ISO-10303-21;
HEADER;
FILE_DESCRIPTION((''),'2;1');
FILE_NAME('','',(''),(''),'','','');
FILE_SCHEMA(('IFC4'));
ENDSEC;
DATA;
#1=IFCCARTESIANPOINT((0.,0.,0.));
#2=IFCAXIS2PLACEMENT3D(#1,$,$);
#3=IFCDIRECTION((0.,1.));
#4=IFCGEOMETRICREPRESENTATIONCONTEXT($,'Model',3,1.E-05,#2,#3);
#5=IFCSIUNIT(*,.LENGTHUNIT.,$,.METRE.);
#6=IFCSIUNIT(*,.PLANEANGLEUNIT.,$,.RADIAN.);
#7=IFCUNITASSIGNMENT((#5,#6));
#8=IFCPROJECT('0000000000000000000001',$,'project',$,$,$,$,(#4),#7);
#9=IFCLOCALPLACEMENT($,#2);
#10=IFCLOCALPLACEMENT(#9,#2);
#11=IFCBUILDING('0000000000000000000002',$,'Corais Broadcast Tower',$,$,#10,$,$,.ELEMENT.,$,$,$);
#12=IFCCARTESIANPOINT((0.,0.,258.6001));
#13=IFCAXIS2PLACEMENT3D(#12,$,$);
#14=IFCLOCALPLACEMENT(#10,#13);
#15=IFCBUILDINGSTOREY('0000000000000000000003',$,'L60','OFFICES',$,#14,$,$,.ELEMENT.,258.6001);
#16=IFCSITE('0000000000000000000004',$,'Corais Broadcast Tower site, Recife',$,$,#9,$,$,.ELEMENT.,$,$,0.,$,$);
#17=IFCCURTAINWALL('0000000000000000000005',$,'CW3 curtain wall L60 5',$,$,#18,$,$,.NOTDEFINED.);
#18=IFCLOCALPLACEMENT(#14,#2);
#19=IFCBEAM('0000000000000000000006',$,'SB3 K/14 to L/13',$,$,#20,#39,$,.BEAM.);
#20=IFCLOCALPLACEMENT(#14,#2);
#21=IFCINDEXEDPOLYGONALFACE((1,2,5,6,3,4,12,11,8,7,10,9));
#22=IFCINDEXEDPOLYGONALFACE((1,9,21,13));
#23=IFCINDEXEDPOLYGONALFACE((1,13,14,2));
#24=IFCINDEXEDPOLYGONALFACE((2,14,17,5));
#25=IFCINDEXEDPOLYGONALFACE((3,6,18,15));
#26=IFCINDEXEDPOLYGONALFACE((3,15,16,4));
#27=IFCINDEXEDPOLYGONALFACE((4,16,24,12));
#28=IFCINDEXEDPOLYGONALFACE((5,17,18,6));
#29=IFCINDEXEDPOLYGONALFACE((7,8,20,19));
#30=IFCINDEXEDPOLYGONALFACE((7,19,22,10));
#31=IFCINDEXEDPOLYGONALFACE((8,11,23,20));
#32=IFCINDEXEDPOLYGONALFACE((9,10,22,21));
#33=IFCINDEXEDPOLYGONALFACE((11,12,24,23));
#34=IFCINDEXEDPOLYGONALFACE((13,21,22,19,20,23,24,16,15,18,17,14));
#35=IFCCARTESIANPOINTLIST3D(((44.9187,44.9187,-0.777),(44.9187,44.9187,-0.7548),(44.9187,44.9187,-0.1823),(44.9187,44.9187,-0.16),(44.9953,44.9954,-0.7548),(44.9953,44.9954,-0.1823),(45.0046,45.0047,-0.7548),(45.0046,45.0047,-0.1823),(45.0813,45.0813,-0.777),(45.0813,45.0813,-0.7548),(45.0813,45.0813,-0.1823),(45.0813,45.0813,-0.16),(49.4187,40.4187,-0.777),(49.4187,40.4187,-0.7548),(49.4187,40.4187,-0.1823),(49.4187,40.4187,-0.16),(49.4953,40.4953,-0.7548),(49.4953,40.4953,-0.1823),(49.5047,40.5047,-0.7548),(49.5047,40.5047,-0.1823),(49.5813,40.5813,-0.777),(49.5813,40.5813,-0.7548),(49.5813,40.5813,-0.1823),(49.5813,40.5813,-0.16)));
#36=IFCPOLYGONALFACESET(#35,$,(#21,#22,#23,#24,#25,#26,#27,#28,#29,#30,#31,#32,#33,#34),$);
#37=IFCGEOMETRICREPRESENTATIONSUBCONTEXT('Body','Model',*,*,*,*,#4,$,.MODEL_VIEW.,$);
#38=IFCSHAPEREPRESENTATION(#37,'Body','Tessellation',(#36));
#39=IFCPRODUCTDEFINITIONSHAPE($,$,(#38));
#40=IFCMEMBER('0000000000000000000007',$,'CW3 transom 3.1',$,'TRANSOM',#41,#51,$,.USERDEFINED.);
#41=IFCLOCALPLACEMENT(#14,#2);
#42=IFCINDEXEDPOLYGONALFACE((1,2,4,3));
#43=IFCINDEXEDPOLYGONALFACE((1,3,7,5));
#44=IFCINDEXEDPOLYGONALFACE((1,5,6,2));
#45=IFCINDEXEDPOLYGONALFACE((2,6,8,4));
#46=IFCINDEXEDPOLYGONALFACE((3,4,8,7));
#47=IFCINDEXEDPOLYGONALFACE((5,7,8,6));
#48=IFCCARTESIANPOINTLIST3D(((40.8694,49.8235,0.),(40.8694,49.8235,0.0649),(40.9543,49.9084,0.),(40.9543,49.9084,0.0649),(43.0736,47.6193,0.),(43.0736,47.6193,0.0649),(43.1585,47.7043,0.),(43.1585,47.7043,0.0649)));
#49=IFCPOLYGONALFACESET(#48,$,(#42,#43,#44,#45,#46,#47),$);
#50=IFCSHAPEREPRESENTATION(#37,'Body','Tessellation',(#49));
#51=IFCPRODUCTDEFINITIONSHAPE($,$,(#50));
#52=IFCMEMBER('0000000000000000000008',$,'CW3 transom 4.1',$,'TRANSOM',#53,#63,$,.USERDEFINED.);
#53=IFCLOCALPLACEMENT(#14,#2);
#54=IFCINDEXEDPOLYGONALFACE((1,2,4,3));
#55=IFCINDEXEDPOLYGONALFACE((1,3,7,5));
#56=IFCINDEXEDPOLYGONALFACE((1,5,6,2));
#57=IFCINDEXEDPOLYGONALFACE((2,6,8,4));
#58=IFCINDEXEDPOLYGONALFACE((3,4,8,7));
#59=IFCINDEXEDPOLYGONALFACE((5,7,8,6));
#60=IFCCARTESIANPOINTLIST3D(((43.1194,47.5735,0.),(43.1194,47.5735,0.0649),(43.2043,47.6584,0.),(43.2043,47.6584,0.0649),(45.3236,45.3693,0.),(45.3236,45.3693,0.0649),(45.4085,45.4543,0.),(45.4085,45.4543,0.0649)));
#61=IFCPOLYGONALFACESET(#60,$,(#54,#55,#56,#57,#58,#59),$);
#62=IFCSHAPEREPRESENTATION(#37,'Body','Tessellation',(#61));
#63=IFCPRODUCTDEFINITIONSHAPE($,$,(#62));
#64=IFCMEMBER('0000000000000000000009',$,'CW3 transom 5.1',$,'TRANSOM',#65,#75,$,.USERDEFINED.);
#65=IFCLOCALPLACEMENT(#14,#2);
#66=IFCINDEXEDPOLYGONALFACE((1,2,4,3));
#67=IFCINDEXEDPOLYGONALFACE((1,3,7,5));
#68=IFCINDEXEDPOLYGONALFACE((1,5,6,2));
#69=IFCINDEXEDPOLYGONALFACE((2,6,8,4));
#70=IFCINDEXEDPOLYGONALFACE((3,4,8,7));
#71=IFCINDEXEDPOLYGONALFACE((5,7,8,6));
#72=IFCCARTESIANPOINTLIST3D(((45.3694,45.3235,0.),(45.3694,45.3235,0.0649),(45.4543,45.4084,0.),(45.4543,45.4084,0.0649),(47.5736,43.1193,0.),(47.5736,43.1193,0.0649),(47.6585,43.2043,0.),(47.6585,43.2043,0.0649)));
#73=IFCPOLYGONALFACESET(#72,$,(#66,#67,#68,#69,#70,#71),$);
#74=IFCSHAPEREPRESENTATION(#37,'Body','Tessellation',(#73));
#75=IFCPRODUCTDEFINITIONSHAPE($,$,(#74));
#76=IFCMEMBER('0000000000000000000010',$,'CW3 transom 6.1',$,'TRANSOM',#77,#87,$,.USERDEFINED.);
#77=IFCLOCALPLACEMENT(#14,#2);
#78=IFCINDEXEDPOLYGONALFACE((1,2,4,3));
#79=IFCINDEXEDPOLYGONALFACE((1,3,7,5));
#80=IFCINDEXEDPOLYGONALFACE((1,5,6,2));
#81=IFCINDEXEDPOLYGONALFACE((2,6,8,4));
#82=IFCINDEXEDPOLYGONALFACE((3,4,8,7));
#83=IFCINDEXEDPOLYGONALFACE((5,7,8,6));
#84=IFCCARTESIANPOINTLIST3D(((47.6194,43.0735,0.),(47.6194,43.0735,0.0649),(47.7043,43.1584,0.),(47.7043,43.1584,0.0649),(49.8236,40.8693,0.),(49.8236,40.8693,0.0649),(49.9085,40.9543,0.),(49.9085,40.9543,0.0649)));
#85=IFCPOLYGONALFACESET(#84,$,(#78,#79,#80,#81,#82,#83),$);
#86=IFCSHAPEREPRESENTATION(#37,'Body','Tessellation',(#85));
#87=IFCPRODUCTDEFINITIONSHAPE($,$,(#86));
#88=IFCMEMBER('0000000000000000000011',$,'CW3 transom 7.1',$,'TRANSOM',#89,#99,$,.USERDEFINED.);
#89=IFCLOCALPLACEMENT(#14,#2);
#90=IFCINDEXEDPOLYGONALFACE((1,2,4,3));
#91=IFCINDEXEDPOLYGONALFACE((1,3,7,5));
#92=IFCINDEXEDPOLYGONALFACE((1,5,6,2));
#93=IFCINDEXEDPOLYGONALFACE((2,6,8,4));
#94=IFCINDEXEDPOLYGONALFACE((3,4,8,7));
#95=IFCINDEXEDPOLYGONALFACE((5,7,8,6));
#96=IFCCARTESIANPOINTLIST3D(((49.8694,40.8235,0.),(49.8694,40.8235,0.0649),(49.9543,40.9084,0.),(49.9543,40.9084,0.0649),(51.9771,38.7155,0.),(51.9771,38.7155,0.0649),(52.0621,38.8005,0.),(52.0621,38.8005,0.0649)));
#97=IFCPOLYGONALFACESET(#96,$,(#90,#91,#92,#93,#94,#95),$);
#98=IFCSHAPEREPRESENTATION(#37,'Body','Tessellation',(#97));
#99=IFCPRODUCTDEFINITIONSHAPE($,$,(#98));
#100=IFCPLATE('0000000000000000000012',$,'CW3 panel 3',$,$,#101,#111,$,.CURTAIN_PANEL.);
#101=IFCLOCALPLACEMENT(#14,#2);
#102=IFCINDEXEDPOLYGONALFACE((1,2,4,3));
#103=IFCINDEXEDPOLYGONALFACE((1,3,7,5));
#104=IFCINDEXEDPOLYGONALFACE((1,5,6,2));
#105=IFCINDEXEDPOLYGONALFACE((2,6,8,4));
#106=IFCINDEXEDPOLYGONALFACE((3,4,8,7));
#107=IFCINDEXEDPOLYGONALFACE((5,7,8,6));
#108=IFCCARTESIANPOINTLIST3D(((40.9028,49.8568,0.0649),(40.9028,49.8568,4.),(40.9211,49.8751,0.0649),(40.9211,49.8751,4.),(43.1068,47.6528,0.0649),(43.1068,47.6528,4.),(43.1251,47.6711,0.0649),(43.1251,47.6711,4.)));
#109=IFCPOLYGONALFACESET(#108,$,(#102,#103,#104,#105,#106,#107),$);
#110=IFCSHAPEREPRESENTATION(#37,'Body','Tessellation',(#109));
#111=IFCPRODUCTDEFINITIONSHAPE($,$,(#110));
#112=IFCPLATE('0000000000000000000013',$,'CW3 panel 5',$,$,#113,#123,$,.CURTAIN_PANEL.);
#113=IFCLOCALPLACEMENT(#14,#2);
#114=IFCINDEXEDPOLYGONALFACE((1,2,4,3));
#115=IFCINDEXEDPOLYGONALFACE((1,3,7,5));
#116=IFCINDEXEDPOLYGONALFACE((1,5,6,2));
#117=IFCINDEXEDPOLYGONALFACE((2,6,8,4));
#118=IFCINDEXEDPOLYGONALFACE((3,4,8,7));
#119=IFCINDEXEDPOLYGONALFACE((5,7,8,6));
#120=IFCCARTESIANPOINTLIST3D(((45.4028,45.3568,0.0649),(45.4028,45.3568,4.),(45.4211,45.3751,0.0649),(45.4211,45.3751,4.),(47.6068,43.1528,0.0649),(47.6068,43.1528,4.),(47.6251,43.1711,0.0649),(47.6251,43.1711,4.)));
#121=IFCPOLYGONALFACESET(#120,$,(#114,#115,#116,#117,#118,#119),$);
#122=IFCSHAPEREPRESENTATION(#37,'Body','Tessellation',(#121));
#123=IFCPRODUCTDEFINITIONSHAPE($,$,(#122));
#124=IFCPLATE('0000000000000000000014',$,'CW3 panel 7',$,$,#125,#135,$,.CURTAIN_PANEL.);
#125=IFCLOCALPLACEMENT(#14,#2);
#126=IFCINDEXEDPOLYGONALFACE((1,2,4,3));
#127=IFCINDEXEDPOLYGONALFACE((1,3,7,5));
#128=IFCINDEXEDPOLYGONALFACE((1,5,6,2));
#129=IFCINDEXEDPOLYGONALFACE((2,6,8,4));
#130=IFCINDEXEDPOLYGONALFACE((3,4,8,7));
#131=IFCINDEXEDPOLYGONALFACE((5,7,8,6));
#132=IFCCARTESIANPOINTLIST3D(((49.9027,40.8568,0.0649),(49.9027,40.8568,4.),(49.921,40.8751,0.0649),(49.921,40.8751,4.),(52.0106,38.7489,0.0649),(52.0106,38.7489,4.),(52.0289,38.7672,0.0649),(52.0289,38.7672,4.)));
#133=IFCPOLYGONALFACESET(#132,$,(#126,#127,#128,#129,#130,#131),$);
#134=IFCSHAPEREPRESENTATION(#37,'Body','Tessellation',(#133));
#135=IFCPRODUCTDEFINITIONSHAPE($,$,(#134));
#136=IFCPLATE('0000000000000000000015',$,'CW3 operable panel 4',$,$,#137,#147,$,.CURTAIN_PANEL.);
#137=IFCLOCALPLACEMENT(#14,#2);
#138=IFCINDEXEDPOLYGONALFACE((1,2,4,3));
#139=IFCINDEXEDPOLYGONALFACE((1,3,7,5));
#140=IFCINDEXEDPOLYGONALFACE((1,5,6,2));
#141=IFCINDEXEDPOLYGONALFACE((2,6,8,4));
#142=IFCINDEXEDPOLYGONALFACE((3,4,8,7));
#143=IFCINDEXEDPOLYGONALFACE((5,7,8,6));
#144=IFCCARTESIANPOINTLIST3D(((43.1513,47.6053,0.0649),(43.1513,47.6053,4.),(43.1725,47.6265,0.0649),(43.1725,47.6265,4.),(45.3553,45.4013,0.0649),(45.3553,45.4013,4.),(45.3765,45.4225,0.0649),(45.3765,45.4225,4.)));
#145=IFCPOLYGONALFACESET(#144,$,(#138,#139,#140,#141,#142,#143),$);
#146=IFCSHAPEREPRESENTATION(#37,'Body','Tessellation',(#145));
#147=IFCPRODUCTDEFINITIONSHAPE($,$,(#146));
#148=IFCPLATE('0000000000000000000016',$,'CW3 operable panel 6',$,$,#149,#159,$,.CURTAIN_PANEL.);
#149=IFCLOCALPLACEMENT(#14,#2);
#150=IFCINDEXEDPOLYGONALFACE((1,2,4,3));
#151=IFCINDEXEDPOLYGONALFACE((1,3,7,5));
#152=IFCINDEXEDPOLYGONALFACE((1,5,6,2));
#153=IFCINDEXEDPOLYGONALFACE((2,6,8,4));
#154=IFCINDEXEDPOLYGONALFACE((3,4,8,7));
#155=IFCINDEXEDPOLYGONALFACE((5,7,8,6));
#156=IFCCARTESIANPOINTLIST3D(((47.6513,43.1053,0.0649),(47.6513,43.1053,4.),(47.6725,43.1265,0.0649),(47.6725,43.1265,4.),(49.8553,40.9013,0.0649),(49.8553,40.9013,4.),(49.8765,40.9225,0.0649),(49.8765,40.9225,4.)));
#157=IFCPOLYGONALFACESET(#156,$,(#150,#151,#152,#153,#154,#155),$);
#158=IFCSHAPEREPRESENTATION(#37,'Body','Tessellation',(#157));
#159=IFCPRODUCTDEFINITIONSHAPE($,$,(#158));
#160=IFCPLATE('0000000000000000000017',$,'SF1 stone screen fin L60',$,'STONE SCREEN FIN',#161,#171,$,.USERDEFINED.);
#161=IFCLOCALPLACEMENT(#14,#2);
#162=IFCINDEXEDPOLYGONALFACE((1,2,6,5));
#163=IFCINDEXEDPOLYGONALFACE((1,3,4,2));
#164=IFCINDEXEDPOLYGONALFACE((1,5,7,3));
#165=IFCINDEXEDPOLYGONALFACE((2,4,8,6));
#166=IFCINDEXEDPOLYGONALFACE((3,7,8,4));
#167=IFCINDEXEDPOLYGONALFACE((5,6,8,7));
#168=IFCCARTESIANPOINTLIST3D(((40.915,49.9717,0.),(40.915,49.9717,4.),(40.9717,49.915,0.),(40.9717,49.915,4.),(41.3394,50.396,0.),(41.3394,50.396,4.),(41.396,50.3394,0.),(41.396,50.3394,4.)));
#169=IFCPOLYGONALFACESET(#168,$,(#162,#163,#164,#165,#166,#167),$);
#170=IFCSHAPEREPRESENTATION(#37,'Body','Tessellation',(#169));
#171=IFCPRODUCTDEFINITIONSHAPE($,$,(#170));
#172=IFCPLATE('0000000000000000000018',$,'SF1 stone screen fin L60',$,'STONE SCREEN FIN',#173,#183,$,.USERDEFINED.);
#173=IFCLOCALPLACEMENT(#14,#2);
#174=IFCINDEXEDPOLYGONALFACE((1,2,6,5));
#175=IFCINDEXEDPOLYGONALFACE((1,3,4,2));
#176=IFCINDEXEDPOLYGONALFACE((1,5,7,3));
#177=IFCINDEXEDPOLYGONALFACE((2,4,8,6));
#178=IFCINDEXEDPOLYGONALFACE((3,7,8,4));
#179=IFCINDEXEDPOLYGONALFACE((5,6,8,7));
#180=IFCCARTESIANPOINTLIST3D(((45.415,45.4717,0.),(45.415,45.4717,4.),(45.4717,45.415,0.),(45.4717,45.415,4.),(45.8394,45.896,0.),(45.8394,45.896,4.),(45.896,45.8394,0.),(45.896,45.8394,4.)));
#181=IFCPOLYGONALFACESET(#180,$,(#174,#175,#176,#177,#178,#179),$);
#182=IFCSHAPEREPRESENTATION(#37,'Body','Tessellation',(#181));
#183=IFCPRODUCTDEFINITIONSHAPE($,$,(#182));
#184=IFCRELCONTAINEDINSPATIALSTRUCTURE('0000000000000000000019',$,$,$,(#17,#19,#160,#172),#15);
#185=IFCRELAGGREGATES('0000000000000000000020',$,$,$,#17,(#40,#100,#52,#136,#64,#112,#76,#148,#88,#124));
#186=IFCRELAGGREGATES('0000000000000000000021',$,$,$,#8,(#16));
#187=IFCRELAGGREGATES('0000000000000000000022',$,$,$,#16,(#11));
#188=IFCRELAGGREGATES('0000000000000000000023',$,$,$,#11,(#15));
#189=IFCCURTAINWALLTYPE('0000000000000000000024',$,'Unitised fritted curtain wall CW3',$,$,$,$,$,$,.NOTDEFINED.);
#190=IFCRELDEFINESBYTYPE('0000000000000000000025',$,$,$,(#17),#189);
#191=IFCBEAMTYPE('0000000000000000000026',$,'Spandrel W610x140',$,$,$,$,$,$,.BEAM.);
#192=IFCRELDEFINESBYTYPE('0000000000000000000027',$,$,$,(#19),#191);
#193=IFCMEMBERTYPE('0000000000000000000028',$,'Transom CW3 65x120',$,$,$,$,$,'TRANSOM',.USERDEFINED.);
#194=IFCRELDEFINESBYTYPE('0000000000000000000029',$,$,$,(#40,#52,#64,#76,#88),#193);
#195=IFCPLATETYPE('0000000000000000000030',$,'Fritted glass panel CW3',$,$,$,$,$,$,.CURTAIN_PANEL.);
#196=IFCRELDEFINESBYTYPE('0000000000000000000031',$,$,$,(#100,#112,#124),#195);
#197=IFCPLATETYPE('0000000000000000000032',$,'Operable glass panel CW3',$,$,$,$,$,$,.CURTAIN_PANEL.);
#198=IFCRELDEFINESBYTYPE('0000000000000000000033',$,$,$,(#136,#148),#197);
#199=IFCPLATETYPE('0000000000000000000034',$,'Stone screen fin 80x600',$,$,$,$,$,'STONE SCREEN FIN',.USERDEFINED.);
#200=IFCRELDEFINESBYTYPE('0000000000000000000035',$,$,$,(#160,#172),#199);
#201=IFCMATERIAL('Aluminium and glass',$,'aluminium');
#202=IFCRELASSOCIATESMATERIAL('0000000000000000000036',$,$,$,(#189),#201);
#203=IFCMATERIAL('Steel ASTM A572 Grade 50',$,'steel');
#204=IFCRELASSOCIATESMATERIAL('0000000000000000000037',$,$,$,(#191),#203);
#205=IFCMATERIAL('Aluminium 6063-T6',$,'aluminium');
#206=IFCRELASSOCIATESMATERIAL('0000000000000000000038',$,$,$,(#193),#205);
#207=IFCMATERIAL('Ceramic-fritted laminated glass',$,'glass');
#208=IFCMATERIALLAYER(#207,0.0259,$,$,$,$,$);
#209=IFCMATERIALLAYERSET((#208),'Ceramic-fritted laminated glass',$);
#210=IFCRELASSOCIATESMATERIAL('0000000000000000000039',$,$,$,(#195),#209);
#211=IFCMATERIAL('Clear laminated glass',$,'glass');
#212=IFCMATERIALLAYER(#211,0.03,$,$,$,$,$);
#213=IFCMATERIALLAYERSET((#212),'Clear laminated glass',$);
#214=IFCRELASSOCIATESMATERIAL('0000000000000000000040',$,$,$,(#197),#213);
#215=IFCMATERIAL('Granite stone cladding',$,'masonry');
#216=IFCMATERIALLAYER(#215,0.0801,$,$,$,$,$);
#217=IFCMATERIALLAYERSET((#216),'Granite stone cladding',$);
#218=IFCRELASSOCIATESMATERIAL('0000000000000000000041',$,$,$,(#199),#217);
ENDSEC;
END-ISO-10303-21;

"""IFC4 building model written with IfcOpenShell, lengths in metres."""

from ifc_helpers import new_model, si_unit, direction, frame, origin, origin_2d, place, context, subcontext, project, spatial, rectangle, i_section, extrude, material, layer, layer_set, material_profile, profile_set, type_object, element, aggregate, save


model = new_model("IFC4")

# Units and contexts
model_context = context("Model", 3, precision=1e-05, world=origin(), true_north=direction((0.0, 1.0)))
body_context = subcontext(model_context, "Body", "Model", "MODEL_VIEW")
ifc_project = project(units=[si_unit("LENGTHUNIT", "METRE"), si_unit("PLANEANGLEUNIT", "RADIAN")], contexts=[model_context])

# Site, building, storey
site_placement = place(None, origin())
site = spatial("IfcSite", under=ifc_project, at=site_placement, Name="Corais Broadcast Tower site, Recife", CompositionType="ELEMENT", RefElevation=0.0)
building_placement = place(site_placement, origin())
building = spatial("IfcBuilding", under=site, at=building_placement, Name="Corais Broadcast Tower", CompositionType="ELEMENT")
storey_placement = place(building_placement, frame((0.0, 0.0, 258.6001)))
storey = spatial("IfcBuildingStorey", under=building, at=storey_placement, Name="L60", Description="OFFICES", CompositionType="ELEMENT", Elevation=258.6001)

# Curtain wall
ifc_material_1 = material(Name="Aluminium and glass", Category="aluminium")
curtain_wall_type = type_object("IfcCurtainWallType", Name="Unitised fritted curtain wall CW3", PredefinedType="NOTDEFINED", material=ifc_material_1)
curtain_wall_placement = place(storey_placement, origin())
curtain_wall = element("IfcCurtainWall", 1, at=curtain_wall_placement, inside=storey, type_object=curtain_wall_type, Name="CW3 curtain wall L60 5", PredefinedType="NOTDEFINED")

# Beam
ifc_material_2 = material(Name="Steel ASTM A572 Grade 50", Category="steel")
ifc_material_profile_1 = material_profile(ifc_material_2, i_section(OverallWidth=0.23, OverallDepth=0.6169, WebThickness=0.0132, FlangeThickness=0.0222, at=origin_2d()), Name="W610x140")
ifc_profile_set_1 = profile_set([ifc_material_profile_1], Name="Steel ASTM A572 Grade 50")
beam_type_1 = type_object("IfcBeamType", Name="Spandrel W610x140", PredefinedType="BEAM", material=ifc_profile_set_1)
for number, where, z_axis, x_axis, name in (
    (2, (49.5, 40.5, -0.4685), (-0.707107, 0.707107, 0.0), (-0.707107, -0.707107, 0.0), "SB3 K/14 to L/13"),
):
    element("IfcBeam", number, at=place(storey_placement, frame(where, z_axis=z_axis, x_axis=x_axis)), inside=storey, type_object=beam_type_1, Name=name, PredefinedType="BEAM", context=body_context, shape_type="SweptSolid", body=[
        extrude(i_section(OverallWidth=0.23, OverallDepth=0.6169, WebThickness=0.0132, FlangeThickness=0.0222, at=origin_2d()), origin(), (0.0, 0.0, 1.0), 6.364),
    ])

# Members
ifc_material_3 = material(Name="Aluminium 6063-T6", Category="aluminium")
ifc_material_profile_2 = material_profile(ifc_material_3, rectangle(XDim=0.1201, YDim=0.0649, at=origin_2d()), Name="Transom CW3 65x120")
ifc_profile_set_2 = profile_set([ifc_material_profile_2], Name="Aluminium 6063-T6")
member_type_1 = type_object("IfcMemberType", Name="Transom CW3 65x120", ElementType="TRANSOM", PredefinedType="USERDEFINED", material=ifc_profile_set_2)
member_1_placement = place(storey_placement, frame((40.9119, 49.866, 0.0325), z_axis=(0.707107, -0.707107, 0.0), x_axis=(0.707107, 0.707107, 0.0)))
member_1 = element("IfcMember", 3, at=member_1_placement, type_object=member_type_1, Name="CW3 transom 3.1", ObjectType="TRANSOM", PredefinedType="USERDEFINED", context=body_context, shape_type="SweptSolid", body=[
    extrude(rectangle(XDim=0.1201, YDim=0.0649, at=origin_2d()), origin(), (0.0, 0.0, 1.0), 3.1172),
])
member_2_placement = place(storey_placement, frame((43.1619, 47.616, 0.0325), z_axis=(0.707107, -0.707107, 0.0), x_axis=(0.707107, 0.707107, 0.0)))
member_2 = element("IfcMember", 4, at=member_2_placement, type_object=member_type_1, Name="CW3 transom 4.1", ObjectType="TRANSOM", PredefinedType="USERDEFINED", context=body_context, shape_type="SweptSolid", body=[
    extrude(rectangle(XDim=0.1201, YDim=0.0649, at=origin_2d()), origin(), (0.0, 0.0, 1.0), 3.1172),
])
member_3_placement = place(storey_placement, frame((45.4119, 45.366, 0.0325), z_axis=(0.707107, -0.707107, 0.0), x_axis=(0.707107, 0.707107, 0.0)))
member_3 = element("IfcMember", 5, at=member_3_placement, type_object=member_type_1, Name="CW3 transom 5.1", ObjectType="TRANSOM", PredefinedType="USERDEFINED", context=body_context, shape_type="SweptSolid", body=[
    extrude(rectangle(XDim=0.1201, YDim=0.0649, at=origin_2d()), origin(), (0.0, 0.0, 1.0), 3.1172),
])
member_4_placement = place(storey_placement, frame((47.6619, 43.116, 0.0325), z_axis=(0.707107, -0.707107, 0.0), x_axis=(0.707107, 0.707107, 0.0)))
member_4 = element("IfcMember", 6, at=member_4_placement, type_object=member_type_1, Name="CW3 transom 6.1", ObjectType="TRANSOM", PredefinedType="USERDEFINED", context=body_context, shape_type="SweptSolid", body=[
    extrude(rectangle(XDim=0.1201, YDim=0.0649, at=origin_2d()), origin(), (0.0, 0.0, 1.0), 3.1172),
])
member_5_placement = place(storey_placement, frame((49.9119, 40.866, 0.0325), z_axis=(0.707066, -0.707148, 0.0), x_axis=(0.707148, 0.707066, 0.0)))
member_5 = element("IfcMember", 7, at=member_5_placement, type_object=member_type_1, Name="CW3 transom 7.1", ObjectType="TRANSOM", PredefinedType="USERDEFINED", context=body_context, shape_type="SweptSolid", body=[
    extrude(rectangle(XDim=0.1201, YDim=0.0649, at=origin_2d()), origin(), (0.0, 0.0, 1.0), 2.981),
])

# Plates
ifc_material_4 = material(Name="Ceramic-fritted laminated glass", Category="glass")
ifc_layer_1 = layer(ifc_material_4, 0.0259)
ifc_layer_set_1 = layer_set([ifc_layer_1], Name="Ceramic-fritted laminated glass")
plate_type_1 = type_object("IfcPlateType", Name="Fritted glass panel CW3", PredefinedType="CURTAIN_PANEL", material=ifc_layer_set_1)
plate_1_placement = place(storey_placement, frame((42.0139, 48.7639, 0.0649), z_axis=(0.0, 0.0, 1.0), x_axis=(0.707107, -0.707107, 0.0)))
plate_1 = element("IfcPlate", 8, at=plate_1_placement, type_object=plate_type_1, Name="CW3 panel 3", PredefinedType="CURTAIN_PANEL", context=body_context, shape_type="SweptSolid", body=[
    extrude(rectangle(XDim=3.1169, YDim=0.0259, at=origin_2d()), origin(), (0.0, 0.0, 1.0), 3.9351),
])
plate_2_placement = place(storey_placement, frame((46.5139, 44.2639, 0.0649), z_axis=(0.0, 0.0, 1.0), x_axis=(0.707107, -0.707107, 0.0)))
plate_2 = element("IfcPlate", 9, at=plate_2_placement, type_object=plate_type_1, Name="CW3 panel 5", PredefinedType="CURTAIN_PANEL", context=body_context, shape_type="SweptSolid", body=[
    extrude(rectangle(XDim=3.1169, YDim=0.0259, at=origin_2d()), origin(), (0.0, 0.0, 1.0), 3.9351),
])
plate_3_placement = place(storey_placement, frame((50.9658, 39.812, 0.0649), z_axis=(0.0, 0.0, 1.0), x_axis=(0.707107, -0.707107, 0.0)))
plate_3 = element("IfcPlate", 10, at=plate_3_placement, type_object=plate_type_1, Name="CW3 panel 7", PredefinedType="CURTAIN_PANEL", context=body_context, shape_type="SweptSolid", body=[
    extrude(rectangle(XDim=2.981, YDim=0.0259, at=origin_2d()), origin(), (0.0, 0.0, 1.0), 3.9351),
])
ifc_material_5 = material(Name="Clear laminated glass", Category="glass")
ifc_layer_2 = layer(ifc_material_5, 0.03)
ifc_layer_set_2 = layer_set([ifc_layer_2], Name="Clear laminated glass")
plate_type_2 = type_object("IfcPlateType", Name="Operable glass panel CW3", PredefinedType="CURTAIN_PANEL", material=ifc_layer_set_2)
plate_4_placement = place(storey_placement, frame((44.2639, 46.5139, 0.0649), z_axis=(0.0, 0.0, 1.0), x_axis=(0.707107, -0.707107, 0.0)))
plate_4 = element("IfcPlate", 11, at=plate_4_placement, type_object=plate_type_2, Name="CW3 operable panel 4", PredefinedType="CURTAIN_PANEL", context=body_context, shape_type="SweptSolid", body=[
    extrude(rectangle(XDim=3.1169, YDim=0.03, at=origin_2d()), origin(), (0.0, 0.0, 1.0), 3.9351),
])
plate_5_placement = place(storey_placement, frame((48.7639, 42.0139, 0.0649), z_axis=(0.0, 0.0, 1.0), x_axis=(0.707107, -0.707107, 0.0)))
plate_5 = element("IfcPlate", 12, at=plate_5_placement, type_object=plate_type_2, Name="CW3 operable panel 6", PredefinedType="CURTAIN_PANEL", context=body_context, shape_type="SweptSolid", body=[
    extrude(rectangle(XDim=3.1169, YDim=0.03, at=origin_2d()), origin(), (0.0, 0.0, 1.0), 3.9351),
])
aggregate(curtain_wall, [member_1, plate_1, member_2, plate_4, member_3, plate_2, member_4, plate_5, member_5, plate_3])

# Plates
ifc_material_6 = material(Name="Granite stone cladding", Category="masonry")
ifc_layer_3 = layer(ifc_material_6, 0.0801)
ifc_layer_set_3 = layer_set([ifc_layer_3], Name="Granite stone cladding")
plate_type_3 = type_object("IfcPlateType", Name="Stone screen fin 80x600", ElementType="STONE SCREEN FIN", PredefinedType="USERDEFINED", material=ifc_layer_set_3)
for number, where, z_axis, x_axis, name in (
    (13, (41.1555, 50.1555, 0.0), (0.0, 0.0, 1.0), (0.707107, -0.707107, 0.0), "SF1 stone screen fin L60"),
    (14, (45.6555, 45.6555, 0.0), (0.0, 0.0, 1.0), (0.707107, -0.707107, 0.0), "SF1 stone screen fin L60"),
):
    element("IfcPlate", number, at=place(storey_placement, frame(where, z_axis=z_axis, x_axis=x_axis)), inside=storey, type_object=plate_type_3, Name=name, ObjectType="STONE SCREEN FIN", PredefinedType="USERDEFINED", context=body_context, shape_type="SweptSolid", body=[
        extrude(rectangle(XDim=0.0801, YDim=0.6001, at=origin_2d()), origin(), (0.0, 0.0, 1.0), 4.0),
    ])

save(model, "model.ifc")
